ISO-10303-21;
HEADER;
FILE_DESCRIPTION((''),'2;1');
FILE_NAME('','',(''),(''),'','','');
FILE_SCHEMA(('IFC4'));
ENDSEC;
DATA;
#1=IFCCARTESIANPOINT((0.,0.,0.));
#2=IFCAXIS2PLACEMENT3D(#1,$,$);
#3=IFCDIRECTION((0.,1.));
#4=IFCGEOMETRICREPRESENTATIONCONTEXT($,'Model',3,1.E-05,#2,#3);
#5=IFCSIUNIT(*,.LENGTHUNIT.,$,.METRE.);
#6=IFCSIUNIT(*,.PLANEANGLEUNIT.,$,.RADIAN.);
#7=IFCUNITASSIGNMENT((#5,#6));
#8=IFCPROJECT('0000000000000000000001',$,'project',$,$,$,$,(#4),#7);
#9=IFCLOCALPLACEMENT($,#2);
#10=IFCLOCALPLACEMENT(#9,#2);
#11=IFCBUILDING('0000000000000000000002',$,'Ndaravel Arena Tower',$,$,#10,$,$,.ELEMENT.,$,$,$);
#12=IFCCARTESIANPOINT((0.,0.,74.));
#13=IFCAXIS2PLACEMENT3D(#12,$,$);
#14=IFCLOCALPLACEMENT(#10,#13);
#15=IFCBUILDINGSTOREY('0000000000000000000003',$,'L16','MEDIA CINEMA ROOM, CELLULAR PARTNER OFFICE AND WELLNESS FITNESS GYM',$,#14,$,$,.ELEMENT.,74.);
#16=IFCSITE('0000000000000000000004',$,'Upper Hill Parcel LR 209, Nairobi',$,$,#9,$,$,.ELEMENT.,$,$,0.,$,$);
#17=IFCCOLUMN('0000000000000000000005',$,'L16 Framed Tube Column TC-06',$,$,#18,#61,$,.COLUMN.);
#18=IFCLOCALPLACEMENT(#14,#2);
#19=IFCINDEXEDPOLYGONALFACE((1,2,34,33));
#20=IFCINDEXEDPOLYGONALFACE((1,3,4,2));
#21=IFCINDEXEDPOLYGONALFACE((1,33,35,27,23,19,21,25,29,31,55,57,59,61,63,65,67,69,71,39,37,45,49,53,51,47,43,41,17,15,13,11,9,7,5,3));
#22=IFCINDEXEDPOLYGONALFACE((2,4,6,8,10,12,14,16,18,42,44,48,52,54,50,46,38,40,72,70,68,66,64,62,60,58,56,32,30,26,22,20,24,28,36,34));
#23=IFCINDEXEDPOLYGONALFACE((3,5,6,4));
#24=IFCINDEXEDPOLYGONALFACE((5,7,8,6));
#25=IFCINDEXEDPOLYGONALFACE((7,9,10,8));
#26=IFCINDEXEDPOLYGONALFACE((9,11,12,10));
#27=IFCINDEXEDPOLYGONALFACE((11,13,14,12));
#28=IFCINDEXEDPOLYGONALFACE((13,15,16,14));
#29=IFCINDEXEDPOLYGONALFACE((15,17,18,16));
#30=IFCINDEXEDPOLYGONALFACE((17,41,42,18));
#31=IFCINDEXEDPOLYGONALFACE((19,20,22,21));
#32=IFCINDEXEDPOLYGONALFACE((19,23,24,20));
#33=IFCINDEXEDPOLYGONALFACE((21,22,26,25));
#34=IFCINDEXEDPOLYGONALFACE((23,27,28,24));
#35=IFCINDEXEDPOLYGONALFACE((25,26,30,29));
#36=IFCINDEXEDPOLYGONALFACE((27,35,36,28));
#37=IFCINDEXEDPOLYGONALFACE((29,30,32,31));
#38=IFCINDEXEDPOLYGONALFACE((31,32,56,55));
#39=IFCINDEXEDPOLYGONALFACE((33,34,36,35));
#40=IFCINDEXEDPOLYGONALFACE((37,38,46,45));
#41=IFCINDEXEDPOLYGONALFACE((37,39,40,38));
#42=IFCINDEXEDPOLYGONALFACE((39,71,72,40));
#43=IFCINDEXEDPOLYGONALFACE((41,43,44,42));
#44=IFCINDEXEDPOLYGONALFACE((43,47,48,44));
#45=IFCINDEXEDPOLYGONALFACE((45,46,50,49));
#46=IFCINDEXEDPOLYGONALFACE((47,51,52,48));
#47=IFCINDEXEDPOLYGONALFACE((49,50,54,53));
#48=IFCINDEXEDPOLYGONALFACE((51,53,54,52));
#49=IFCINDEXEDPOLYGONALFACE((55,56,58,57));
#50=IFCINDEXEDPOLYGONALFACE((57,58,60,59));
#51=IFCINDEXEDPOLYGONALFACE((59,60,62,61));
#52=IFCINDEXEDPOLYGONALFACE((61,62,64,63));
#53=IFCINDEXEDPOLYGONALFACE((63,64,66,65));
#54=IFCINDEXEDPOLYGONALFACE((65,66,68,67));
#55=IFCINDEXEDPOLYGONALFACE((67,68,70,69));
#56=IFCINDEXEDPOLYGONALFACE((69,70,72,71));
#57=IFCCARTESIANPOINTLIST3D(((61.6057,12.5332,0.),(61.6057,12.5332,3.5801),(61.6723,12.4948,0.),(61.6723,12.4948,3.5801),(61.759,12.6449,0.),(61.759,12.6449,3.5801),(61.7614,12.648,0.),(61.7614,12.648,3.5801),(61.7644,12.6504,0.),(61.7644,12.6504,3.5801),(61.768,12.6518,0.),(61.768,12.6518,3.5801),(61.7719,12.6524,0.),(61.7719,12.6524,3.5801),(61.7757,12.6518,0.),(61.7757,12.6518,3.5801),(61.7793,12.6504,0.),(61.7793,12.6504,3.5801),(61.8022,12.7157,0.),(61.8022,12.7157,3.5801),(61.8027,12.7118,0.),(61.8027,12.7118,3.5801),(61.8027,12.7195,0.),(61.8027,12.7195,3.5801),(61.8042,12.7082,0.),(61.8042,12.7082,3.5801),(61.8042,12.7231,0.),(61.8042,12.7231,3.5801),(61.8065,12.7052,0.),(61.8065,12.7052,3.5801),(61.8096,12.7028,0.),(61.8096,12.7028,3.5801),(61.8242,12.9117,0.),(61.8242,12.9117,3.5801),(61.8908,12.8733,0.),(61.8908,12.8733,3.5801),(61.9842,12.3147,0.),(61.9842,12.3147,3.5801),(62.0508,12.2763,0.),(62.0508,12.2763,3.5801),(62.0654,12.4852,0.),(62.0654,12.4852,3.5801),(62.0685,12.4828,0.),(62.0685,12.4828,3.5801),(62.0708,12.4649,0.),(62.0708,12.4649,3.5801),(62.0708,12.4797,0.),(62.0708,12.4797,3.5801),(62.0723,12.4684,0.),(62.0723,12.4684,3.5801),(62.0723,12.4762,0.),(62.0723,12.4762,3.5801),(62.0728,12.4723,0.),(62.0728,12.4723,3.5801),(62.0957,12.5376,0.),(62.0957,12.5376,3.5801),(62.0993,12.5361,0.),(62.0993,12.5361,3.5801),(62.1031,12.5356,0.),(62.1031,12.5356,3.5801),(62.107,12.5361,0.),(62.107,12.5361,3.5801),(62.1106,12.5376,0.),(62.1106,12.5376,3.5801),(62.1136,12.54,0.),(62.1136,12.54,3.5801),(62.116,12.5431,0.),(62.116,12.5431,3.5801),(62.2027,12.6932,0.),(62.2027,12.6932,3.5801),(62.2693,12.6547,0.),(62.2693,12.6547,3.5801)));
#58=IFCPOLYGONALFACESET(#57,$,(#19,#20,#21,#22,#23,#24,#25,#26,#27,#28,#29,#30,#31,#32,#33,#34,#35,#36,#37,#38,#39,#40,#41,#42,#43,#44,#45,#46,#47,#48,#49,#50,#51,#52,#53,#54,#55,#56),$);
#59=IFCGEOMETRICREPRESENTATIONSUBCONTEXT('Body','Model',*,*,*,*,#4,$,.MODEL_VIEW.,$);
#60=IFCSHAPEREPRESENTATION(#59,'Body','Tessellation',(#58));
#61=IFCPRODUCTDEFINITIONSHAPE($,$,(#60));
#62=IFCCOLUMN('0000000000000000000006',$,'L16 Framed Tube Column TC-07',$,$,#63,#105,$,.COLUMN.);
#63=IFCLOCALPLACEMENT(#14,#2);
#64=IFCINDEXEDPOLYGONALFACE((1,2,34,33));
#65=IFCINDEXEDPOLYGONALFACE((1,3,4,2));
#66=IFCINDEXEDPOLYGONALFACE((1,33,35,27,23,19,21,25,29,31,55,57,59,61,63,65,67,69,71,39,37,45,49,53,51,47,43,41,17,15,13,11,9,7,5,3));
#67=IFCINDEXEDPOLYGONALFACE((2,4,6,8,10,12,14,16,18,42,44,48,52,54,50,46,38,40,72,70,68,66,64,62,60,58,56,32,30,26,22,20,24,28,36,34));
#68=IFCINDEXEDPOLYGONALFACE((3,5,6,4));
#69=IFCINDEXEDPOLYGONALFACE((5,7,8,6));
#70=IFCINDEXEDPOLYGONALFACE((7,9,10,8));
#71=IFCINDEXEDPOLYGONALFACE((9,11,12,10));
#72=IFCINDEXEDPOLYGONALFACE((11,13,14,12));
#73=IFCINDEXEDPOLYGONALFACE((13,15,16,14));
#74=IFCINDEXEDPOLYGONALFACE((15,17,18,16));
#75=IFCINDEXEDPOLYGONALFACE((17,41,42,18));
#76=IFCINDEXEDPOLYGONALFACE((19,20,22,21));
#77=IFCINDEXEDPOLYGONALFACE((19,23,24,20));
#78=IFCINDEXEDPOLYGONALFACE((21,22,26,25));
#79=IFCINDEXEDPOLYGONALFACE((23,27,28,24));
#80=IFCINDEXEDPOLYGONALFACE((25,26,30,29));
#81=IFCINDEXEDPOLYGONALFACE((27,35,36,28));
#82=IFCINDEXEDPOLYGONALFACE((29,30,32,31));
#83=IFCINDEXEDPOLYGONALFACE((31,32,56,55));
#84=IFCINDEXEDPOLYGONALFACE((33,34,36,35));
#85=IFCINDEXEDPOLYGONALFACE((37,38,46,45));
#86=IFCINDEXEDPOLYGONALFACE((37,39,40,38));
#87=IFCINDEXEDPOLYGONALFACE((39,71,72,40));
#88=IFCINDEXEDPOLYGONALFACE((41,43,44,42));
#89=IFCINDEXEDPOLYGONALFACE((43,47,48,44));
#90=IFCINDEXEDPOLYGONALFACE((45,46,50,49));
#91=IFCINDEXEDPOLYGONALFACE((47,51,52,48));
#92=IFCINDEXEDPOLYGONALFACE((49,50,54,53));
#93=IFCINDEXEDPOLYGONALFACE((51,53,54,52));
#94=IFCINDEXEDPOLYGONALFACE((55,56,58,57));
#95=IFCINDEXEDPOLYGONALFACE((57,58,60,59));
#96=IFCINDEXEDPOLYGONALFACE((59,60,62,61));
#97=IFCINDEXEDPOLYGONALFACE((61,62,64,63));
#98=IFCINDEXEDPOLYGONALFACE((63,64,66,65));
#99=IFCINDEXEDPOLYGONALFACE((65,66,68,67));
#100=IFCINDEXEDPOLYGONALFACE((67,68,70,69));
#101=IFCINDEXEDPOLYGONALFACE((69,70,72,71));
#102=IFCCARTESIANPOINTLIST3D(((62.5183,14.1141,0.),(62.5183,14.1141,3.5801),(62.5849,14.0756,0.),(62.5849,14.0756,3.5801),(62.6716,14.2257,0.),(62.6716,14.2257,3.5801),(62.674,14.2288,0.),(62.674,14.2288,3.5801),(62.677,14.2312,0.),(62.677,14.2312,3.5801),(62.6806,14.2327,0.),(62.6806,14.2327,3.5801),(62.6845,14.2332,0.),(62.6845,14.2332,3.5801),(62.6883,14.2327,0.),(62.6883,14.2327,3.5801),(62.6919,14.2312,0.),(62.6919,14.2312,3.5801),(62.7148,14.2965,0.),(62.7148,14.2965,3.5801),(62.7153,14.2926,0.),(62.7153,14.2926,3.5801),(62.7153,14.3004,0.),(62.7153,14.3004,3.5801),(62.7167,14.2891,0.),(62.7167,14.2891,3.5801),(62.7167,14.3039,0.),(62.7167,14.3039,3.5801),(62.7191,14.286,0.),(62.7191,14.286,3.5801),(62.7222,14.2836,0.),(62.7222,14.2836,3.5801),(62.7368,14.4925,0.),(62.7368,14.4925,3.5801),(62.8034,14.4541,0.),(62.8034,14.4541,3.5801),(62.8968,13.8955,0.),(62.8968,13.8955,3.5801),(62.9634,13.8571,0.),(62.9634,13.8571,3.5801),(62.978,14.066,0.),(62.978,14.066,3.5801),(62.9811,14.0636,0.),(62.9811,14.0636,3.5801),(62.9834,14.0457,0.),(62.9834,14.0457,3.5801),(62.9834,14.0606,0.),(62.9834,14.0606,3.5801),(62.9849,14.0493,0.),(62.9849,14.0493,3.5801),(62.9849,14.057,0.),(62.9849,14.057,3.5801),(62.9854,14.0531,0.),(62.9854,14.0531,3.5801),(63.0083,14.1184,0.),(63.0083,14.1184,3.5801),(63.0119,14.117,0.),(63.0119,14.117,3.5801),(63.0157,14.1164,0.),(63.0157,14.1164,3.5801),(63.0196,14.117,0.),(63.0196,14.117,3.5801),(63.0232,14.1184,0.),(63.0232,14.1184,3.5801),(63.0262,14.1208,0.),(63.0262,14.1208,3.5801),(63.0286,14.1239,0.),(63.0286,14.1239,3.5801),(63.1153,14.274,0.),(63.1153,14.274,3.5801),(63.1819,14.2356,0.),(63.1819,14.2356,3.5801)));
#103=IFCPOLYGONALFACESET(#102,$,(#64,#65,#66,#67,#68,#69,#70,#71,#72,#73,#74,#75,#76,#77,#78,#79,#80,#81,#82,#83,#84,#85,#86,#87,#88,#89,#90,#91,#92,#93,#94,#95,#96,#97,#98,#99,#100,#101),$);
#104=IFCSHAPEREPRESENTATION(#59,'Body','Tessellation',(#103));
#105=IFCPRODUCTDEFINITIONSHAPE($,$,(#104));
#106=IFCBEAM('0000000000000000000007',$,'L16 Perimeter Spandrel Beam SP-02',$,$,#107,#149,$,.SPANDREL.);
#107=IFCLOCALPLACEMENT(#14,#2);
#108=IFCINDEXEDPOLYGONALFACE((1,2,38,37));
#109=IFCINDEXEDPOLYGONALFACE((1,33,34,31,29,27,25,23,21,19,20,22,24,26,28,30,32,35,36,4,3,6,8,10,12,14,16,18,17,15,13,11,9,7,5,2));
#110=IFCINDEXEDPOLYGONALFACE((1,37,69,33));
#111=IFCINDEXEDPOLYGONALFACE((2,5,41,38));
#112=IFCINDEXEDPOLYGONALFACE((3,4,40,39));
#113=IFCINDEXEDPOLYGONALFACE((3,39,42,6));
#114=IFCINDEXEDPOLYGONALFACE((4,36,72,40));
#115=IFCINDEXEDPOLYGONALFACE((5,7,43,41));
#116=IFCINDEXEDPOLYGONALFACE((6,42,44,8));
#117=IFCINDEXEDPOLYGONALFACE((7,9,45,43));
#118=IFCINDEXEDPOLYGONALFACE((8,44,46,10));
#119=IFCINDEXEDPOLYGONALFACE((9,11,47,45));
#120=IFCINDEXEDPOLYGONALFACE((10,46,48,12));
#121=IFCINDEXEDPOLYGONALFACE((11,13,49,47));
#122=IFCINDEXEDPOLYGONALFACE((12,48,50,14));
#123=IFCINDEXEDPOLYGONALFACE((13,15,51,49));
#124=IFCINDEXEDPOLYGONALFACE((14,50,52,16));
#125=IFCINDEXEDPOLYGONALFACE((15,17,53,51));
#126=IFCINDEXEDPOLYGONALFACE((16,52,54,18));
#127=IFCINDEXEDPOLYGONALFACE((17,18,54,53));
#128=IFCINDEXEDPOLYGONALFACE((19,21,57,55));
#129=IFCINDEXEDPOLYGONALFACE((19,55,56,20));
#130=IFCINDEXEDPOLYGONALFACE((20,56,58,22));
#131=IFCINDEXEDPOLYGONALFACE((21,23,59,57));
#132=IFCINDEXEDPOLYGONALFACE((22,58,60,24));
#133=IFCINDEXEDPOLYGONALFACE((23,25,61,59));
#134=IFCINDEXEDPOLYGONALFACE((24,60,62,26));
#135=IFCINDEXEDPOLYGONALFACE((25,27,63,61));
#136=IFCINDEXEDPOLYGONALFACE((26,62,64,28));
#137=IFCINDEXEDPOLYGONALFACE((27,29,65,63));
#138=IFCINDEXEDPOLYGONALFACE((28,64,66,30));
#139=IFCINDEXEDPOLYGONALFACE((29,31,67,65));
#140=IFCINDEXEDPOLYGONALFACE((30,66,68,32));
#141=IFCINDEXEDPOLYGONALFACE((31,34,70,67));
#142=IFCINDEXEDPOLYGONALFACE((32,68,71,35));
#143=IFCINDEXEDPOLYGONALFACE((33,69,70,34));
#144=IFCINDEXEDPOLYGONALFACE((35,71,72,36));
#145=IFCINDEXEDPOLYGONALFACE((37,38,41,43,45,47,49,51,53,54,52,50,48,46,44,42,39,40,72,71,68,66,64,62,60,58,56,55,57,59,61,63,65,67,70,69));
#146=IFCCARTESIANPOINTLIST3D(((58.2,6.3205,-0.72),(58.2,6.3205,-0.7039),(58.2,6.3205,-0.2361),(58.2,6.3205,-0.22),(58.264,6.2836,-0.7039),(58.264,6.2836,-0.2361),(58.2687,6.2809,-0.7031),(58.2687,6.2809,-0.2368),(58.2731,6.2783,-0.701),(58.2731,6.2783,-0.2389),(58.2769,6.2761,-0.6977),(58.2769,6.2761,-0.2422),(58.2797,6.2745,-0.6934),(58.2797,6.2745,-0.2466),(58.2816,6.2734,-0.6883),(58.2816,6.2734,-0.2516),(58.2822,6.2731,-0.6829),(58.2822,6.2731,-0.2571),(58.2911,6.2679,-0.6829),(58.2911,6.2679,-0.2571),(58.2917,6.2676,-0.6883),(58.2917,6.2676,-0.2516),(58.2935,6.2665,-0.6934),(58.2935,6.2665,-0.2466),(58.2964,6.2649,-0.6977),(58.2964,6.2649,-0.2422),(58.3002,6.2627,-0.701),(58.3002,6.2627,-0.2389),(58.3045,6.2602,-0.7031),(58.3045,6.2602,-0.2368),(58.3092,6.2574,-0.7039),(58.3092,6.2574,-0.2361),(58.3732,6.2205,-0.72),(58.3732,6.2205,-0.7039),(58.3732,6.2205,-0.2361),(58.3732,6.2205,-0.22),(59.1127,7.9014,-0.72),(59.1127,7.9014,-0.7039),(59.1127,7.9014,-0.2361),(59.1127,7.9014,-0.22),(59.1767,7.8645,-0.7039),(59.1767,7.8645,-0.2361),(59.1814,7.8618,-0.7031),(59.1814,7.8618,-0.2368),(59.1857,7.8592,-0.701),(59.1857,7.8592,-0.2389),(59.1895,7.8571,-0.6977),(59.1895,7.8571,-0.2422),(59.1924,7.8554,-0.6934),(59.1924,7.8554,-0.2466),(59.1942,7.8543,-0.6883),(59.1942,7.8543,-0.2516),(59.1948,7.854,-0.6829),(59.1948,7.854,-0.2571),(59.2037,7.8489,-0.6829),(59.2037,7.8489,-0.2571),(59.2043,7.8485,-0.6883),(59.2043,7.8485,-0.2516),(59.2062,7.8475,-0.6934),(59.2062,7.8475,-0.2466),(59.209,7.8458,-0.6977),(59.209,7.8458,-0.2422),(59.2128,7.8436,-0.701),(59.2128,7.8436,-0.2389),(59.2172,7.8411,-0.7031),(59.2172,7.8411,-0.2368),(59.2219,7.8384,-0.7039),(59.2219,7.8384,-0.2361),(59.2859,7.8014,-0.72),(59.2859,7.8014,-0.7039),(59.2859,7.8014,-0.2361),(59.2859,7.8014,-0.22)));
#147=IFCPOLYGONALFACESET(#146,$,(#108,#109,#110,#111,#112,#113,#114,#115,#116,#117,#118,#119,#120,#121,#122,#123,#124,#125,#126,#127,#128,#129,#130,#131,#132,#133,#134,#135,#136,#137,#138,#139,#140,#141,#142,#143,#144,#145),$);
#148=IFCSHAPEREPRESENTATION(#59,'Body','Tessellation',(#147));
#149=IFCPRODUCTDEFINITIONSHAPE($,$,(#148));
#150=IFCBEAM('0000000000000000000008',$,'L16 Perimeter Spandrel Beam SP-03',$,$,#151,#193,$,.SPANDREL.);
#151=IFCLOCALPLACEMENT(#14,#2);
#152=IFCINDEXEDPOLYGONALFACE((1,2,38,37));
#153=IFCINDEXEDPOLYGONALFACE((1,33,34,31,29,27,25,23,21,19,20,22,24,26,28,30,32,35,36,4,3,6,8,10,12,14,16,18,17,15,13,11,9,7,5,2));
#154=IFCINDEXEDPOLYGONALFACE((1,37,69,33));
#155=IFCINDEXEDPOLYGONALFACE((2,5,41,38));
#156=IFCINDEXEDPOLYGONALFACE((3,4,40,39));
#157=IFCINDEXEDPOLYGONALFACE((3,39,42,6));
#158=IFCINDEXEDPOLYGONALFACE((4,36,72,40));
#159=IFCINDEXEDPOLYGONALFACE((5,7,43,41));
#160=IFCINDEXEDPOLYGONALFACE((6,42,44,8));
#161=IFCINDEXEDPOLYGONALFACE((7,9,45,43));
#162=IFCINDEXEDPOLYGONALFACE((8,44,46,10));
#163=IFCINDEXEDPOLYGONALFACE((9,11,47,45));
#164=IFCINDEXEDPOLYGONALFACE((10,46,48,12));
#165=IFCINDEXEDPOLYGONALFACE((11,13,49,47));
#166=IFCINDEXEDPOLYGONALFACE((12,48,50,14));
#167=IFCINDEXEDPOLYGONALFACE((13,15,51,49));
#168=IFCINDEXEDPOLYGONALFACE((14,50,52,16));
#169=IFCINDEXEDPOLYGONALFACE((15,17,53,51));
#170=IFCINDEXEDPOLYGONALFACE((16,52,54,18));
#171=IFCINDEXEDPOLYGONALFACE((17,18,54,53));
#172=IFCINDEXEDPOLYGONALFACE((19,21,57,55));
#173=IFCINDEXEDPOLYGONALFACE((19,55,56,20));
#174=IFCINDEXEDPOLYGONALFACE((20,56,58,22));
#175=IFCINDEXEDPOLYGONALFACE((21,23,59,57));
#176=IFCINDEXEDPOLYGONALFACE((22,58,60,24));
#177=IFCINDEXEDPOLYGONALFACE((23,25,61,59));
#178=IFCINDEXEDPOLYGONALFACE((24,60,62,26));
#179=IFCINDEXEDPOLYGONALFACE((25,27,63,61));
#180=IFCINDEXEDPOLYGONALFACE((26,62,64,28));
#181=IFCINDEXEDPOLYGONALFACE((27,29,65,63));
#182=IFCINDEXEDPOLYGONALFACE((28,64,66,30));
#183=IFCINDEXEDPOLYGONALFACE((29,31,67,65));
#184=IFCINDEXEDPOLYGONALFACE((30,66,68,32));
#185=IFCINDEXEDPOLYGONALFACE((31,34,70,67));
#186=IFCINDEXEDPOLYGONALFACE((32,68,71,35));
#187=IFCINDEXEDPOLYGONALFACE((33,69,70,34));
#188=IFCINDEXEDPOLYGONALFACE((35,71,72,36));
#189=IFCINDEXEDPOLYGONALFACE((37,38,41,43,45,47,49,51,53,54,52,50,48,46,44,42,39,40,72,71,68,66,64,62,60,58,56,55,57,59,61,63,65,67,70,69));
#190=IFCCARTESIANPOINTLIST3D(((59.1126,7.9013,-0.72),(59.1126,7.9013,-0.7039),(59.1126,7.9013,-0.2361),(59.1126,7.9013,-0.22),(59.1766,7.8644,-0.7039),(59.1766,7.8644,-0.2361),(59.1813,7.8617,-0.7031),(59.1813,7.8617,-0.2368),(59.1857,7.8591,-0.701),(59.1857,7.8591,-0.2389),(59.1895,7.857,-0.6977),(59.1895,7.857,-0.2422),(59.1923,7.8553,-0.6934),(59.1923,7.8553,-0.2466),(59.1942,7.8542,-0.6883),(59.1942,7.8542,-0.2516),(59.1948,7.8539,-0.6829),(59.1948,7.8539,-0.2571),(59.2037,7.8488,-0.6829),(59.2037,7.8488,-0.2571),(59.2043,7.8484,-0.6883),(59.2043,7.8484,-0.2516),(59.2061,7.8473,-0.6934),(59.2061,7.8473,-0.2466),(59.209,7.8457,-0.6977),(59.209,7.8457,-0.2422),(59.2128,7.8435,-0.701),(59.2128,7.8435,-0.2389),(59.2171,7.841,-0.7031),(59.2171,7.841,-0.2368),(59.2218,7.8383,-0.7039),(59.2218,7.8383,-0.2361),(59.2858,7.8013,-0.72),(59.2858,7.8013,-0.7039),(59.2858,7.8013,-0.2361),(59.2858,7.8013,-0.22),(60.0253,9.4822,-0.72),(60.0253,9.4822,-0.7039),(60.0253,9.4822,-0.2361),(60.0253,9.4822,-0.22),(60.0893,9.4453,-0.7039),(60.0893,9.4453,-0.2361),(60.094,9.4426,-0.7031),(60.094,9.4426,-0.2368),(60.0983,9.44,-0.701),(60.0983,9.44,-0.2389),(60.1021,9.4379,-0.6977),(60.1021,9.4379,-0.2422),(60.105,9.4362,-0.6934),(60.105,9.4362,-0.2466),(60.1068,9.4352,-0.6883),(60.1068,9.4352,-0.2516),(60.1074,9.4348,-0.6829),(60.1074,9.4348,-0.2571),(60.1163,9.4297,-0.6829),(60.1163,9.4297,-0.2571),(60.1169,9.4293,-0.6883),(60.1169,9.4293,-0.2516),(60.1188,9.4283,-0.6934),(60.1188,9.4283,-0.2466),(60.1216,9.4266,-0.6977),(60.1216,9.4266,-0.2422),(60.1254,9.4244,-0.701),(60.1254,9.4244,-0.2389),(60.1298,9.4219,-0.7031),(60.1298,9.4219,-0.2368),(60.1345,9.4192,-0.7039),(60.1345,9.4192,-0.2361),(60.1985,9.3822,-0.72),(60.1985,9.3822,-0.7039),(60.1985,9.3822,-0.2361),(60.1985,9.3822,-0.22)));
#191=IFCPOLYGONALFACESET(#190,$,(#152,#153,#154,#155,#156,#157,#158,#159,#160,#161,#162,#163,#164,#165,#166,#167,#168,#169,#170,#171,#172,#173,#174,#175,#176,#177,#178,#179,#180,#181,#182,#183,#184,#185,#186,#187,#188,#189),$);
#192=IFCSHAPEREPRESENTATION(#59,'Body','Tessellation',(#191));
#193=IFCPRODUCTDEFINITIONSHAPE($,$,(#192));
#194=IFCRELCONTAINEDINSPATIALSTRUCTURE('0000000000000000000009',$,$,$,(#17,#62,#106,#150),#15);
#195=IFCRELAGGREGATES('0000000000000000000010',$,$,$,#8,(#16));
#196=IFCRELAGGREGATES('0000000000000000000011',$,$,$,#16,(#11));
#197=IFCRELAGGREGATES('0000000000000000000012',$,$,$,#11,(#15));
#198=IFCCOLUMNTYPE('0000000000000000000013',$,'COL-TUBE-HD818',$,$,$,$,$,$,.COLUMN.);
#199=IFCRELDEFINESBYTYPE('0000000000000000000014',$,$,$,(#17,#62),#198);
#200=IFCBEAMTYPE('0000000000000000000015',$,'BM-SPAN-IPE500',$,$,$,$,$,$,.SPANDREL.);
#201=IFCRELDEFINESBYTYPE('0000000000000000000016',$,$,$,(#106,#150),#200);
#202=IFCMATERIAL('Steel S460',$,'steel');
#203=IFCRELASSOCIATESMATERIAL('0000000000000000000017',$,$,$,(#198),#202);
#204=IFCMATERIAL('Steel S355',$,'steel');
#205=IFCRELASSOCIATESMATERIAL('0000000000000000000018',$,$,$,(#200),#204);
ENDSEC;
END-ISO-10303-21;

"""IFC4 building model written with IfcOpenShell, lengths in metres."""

from ifc_helpers import new_model, si_unit, direction, frame, origin, origin_2d, place, context, subcontext, project, spatial, i_section, extrude, material, material_profile, profile_set, type_object, element, save


model = new_model("IFC4")

# Units and contexts
model_context = context("Model", 3, precision=1e-05, world=origin(), true_north=direction((0.0, 1.0)))
body_context = subcontext(model_context, "Body", "Model", "MODEL_VIEW")
ifc_project = project(units=[si_unit("LENGTHUNIT", "METRE"), si_unit("PLANEANGLEUNIT", "RADIAN")], contexts=[model_context])

# Site, building, storey
site_placement = place(None, origin())
site = spatial("IfcSite", under=ifc_project, at=site_placement, Name="Upper Hill Parcel LR 209, Nairobi", CompositionType="ELEMENT", RefElevation=0.0)
building_placement = place(site_placement, origin())
building = spatial("IfcBuilding", under=site, at=building_placement, Name="Ndaravel Arena Tower", CompositionType="ELEMENT")
storey_placement = place(building_placement, frame((0.0, 0.0, 74.0)))
storey = spatial("IfcBuildingStorey", under=building, at=storey_placement, Name="L16", Description="MEDIA CINEMA ROOM, CELLULAR PARTNER OFFICE AND WELLNESS FITNESS GYM", CompositionType="ELEMENT", Elevation=74.0)

# Columns
ifc_material_1 = material(Name="Steel S460", Category="steel")
ifc_material_profile_1 = material_profile(ifc_material_1, i_section(OverallWidth=0.437, OverallDepth=0.5139, WebThickness=0.0605, FlangeThickness=0.0769, FilletRadius=0.0149, at=origin_2d()), Name="HD 400x818")
ifc_profile_set_1 = profile_set([ifc_material_profile_1], Name="Steel S460")
column_type = type_object("IfcColumnType", Name="COL-TUBE-HD818", PredefinedType="COLUMN", material=ifc_profile_set_1)
for number, where, z_axis, x_axis, name in (
    (1, (61.9375, 12.594, 0.0), (0.0, 0.0, 1.0), (0.5, 0.866025, 0.0), "L16 Framed Tube Column TC-06"),
    (2, (62.8501, 14.1748, 0.0), (0.0, 0.0, 1.0), (0.5, 0.866025, 0.0), "L16 Framed Tube Column TC-07"),
):
    element("IfcColumn", number, at=place(storey_placement, frame(where, z_axis=z_axis, x_axis=x_axis)), inside=storey, type_object=column_type, Name=name, PredefinedType="COLUMN", context=body_context, shape_type="SweptSolid", body=[
        extrude(i_section(OverallWidth=0.437, OverallDepth=0.5139, WebThickness=0.0605, FlangeThickness=0.0769, FilletRadius=0.0149, at=origin_2d()), origin(), (0.0, 0.0, 1.0), 3.5801),
    ])

# Beams
ifc_material_2 = material(Name="Steel S355", Category="steel")
ifc_material_profile_2 = material_profile(ifc_material_2, i_section(OverallWidth=0.2, OverallDepth=0.5, WebThickness=0.0103, FlangeThickness=0.0161, FilletRadius=0.021, at=origin_2d()), Name="IPE 500")
ifc_profile_set_2 = profile_set([ifc_material_profile_2], Name="Steel S355")
beam_type = type_object("IfcBeamType", Name="BM-SPAN-IPE500", PredefinedType="SPANDREL", material=ifc_profile_set_2)
for number, where, z_axis, x_axis, name in (
    (3, (58.2866, 6.2705, -0.47), (0.499966, 0.866045, 0.0), (-0.866045, 0.499966, 0.0), "L16 Perimeter Spandrel Beam SP-02"),
    (4, (59.1992, 7.8513, -0.47), (0.499966, 0.866045, 0.0), (-0.866045, 0.499966, 0.0), "L16 Perimeter Spandrel Beam SP-03"),
):
    element("IfcBeam", number, at=place(storey_placement, frame(where, z_axis=z_axis, x_axis=x_axis)), inside=storey, type_object=beam_type, Name=name, PredefinedType="SPANDREL", context=body_context, shape_type="SweptSolid", body=[
        extrude(i_section(OverallWidth=0.2, OverallDepth=0.5, WebThickness=0.0103, FlangeThickness=0.0161, FilletRadius=0.021, at=origin_2d()), origin(), (0.0, 0.0, 1.0), 1.8254),
    ])

save(model, "model.ifc")
